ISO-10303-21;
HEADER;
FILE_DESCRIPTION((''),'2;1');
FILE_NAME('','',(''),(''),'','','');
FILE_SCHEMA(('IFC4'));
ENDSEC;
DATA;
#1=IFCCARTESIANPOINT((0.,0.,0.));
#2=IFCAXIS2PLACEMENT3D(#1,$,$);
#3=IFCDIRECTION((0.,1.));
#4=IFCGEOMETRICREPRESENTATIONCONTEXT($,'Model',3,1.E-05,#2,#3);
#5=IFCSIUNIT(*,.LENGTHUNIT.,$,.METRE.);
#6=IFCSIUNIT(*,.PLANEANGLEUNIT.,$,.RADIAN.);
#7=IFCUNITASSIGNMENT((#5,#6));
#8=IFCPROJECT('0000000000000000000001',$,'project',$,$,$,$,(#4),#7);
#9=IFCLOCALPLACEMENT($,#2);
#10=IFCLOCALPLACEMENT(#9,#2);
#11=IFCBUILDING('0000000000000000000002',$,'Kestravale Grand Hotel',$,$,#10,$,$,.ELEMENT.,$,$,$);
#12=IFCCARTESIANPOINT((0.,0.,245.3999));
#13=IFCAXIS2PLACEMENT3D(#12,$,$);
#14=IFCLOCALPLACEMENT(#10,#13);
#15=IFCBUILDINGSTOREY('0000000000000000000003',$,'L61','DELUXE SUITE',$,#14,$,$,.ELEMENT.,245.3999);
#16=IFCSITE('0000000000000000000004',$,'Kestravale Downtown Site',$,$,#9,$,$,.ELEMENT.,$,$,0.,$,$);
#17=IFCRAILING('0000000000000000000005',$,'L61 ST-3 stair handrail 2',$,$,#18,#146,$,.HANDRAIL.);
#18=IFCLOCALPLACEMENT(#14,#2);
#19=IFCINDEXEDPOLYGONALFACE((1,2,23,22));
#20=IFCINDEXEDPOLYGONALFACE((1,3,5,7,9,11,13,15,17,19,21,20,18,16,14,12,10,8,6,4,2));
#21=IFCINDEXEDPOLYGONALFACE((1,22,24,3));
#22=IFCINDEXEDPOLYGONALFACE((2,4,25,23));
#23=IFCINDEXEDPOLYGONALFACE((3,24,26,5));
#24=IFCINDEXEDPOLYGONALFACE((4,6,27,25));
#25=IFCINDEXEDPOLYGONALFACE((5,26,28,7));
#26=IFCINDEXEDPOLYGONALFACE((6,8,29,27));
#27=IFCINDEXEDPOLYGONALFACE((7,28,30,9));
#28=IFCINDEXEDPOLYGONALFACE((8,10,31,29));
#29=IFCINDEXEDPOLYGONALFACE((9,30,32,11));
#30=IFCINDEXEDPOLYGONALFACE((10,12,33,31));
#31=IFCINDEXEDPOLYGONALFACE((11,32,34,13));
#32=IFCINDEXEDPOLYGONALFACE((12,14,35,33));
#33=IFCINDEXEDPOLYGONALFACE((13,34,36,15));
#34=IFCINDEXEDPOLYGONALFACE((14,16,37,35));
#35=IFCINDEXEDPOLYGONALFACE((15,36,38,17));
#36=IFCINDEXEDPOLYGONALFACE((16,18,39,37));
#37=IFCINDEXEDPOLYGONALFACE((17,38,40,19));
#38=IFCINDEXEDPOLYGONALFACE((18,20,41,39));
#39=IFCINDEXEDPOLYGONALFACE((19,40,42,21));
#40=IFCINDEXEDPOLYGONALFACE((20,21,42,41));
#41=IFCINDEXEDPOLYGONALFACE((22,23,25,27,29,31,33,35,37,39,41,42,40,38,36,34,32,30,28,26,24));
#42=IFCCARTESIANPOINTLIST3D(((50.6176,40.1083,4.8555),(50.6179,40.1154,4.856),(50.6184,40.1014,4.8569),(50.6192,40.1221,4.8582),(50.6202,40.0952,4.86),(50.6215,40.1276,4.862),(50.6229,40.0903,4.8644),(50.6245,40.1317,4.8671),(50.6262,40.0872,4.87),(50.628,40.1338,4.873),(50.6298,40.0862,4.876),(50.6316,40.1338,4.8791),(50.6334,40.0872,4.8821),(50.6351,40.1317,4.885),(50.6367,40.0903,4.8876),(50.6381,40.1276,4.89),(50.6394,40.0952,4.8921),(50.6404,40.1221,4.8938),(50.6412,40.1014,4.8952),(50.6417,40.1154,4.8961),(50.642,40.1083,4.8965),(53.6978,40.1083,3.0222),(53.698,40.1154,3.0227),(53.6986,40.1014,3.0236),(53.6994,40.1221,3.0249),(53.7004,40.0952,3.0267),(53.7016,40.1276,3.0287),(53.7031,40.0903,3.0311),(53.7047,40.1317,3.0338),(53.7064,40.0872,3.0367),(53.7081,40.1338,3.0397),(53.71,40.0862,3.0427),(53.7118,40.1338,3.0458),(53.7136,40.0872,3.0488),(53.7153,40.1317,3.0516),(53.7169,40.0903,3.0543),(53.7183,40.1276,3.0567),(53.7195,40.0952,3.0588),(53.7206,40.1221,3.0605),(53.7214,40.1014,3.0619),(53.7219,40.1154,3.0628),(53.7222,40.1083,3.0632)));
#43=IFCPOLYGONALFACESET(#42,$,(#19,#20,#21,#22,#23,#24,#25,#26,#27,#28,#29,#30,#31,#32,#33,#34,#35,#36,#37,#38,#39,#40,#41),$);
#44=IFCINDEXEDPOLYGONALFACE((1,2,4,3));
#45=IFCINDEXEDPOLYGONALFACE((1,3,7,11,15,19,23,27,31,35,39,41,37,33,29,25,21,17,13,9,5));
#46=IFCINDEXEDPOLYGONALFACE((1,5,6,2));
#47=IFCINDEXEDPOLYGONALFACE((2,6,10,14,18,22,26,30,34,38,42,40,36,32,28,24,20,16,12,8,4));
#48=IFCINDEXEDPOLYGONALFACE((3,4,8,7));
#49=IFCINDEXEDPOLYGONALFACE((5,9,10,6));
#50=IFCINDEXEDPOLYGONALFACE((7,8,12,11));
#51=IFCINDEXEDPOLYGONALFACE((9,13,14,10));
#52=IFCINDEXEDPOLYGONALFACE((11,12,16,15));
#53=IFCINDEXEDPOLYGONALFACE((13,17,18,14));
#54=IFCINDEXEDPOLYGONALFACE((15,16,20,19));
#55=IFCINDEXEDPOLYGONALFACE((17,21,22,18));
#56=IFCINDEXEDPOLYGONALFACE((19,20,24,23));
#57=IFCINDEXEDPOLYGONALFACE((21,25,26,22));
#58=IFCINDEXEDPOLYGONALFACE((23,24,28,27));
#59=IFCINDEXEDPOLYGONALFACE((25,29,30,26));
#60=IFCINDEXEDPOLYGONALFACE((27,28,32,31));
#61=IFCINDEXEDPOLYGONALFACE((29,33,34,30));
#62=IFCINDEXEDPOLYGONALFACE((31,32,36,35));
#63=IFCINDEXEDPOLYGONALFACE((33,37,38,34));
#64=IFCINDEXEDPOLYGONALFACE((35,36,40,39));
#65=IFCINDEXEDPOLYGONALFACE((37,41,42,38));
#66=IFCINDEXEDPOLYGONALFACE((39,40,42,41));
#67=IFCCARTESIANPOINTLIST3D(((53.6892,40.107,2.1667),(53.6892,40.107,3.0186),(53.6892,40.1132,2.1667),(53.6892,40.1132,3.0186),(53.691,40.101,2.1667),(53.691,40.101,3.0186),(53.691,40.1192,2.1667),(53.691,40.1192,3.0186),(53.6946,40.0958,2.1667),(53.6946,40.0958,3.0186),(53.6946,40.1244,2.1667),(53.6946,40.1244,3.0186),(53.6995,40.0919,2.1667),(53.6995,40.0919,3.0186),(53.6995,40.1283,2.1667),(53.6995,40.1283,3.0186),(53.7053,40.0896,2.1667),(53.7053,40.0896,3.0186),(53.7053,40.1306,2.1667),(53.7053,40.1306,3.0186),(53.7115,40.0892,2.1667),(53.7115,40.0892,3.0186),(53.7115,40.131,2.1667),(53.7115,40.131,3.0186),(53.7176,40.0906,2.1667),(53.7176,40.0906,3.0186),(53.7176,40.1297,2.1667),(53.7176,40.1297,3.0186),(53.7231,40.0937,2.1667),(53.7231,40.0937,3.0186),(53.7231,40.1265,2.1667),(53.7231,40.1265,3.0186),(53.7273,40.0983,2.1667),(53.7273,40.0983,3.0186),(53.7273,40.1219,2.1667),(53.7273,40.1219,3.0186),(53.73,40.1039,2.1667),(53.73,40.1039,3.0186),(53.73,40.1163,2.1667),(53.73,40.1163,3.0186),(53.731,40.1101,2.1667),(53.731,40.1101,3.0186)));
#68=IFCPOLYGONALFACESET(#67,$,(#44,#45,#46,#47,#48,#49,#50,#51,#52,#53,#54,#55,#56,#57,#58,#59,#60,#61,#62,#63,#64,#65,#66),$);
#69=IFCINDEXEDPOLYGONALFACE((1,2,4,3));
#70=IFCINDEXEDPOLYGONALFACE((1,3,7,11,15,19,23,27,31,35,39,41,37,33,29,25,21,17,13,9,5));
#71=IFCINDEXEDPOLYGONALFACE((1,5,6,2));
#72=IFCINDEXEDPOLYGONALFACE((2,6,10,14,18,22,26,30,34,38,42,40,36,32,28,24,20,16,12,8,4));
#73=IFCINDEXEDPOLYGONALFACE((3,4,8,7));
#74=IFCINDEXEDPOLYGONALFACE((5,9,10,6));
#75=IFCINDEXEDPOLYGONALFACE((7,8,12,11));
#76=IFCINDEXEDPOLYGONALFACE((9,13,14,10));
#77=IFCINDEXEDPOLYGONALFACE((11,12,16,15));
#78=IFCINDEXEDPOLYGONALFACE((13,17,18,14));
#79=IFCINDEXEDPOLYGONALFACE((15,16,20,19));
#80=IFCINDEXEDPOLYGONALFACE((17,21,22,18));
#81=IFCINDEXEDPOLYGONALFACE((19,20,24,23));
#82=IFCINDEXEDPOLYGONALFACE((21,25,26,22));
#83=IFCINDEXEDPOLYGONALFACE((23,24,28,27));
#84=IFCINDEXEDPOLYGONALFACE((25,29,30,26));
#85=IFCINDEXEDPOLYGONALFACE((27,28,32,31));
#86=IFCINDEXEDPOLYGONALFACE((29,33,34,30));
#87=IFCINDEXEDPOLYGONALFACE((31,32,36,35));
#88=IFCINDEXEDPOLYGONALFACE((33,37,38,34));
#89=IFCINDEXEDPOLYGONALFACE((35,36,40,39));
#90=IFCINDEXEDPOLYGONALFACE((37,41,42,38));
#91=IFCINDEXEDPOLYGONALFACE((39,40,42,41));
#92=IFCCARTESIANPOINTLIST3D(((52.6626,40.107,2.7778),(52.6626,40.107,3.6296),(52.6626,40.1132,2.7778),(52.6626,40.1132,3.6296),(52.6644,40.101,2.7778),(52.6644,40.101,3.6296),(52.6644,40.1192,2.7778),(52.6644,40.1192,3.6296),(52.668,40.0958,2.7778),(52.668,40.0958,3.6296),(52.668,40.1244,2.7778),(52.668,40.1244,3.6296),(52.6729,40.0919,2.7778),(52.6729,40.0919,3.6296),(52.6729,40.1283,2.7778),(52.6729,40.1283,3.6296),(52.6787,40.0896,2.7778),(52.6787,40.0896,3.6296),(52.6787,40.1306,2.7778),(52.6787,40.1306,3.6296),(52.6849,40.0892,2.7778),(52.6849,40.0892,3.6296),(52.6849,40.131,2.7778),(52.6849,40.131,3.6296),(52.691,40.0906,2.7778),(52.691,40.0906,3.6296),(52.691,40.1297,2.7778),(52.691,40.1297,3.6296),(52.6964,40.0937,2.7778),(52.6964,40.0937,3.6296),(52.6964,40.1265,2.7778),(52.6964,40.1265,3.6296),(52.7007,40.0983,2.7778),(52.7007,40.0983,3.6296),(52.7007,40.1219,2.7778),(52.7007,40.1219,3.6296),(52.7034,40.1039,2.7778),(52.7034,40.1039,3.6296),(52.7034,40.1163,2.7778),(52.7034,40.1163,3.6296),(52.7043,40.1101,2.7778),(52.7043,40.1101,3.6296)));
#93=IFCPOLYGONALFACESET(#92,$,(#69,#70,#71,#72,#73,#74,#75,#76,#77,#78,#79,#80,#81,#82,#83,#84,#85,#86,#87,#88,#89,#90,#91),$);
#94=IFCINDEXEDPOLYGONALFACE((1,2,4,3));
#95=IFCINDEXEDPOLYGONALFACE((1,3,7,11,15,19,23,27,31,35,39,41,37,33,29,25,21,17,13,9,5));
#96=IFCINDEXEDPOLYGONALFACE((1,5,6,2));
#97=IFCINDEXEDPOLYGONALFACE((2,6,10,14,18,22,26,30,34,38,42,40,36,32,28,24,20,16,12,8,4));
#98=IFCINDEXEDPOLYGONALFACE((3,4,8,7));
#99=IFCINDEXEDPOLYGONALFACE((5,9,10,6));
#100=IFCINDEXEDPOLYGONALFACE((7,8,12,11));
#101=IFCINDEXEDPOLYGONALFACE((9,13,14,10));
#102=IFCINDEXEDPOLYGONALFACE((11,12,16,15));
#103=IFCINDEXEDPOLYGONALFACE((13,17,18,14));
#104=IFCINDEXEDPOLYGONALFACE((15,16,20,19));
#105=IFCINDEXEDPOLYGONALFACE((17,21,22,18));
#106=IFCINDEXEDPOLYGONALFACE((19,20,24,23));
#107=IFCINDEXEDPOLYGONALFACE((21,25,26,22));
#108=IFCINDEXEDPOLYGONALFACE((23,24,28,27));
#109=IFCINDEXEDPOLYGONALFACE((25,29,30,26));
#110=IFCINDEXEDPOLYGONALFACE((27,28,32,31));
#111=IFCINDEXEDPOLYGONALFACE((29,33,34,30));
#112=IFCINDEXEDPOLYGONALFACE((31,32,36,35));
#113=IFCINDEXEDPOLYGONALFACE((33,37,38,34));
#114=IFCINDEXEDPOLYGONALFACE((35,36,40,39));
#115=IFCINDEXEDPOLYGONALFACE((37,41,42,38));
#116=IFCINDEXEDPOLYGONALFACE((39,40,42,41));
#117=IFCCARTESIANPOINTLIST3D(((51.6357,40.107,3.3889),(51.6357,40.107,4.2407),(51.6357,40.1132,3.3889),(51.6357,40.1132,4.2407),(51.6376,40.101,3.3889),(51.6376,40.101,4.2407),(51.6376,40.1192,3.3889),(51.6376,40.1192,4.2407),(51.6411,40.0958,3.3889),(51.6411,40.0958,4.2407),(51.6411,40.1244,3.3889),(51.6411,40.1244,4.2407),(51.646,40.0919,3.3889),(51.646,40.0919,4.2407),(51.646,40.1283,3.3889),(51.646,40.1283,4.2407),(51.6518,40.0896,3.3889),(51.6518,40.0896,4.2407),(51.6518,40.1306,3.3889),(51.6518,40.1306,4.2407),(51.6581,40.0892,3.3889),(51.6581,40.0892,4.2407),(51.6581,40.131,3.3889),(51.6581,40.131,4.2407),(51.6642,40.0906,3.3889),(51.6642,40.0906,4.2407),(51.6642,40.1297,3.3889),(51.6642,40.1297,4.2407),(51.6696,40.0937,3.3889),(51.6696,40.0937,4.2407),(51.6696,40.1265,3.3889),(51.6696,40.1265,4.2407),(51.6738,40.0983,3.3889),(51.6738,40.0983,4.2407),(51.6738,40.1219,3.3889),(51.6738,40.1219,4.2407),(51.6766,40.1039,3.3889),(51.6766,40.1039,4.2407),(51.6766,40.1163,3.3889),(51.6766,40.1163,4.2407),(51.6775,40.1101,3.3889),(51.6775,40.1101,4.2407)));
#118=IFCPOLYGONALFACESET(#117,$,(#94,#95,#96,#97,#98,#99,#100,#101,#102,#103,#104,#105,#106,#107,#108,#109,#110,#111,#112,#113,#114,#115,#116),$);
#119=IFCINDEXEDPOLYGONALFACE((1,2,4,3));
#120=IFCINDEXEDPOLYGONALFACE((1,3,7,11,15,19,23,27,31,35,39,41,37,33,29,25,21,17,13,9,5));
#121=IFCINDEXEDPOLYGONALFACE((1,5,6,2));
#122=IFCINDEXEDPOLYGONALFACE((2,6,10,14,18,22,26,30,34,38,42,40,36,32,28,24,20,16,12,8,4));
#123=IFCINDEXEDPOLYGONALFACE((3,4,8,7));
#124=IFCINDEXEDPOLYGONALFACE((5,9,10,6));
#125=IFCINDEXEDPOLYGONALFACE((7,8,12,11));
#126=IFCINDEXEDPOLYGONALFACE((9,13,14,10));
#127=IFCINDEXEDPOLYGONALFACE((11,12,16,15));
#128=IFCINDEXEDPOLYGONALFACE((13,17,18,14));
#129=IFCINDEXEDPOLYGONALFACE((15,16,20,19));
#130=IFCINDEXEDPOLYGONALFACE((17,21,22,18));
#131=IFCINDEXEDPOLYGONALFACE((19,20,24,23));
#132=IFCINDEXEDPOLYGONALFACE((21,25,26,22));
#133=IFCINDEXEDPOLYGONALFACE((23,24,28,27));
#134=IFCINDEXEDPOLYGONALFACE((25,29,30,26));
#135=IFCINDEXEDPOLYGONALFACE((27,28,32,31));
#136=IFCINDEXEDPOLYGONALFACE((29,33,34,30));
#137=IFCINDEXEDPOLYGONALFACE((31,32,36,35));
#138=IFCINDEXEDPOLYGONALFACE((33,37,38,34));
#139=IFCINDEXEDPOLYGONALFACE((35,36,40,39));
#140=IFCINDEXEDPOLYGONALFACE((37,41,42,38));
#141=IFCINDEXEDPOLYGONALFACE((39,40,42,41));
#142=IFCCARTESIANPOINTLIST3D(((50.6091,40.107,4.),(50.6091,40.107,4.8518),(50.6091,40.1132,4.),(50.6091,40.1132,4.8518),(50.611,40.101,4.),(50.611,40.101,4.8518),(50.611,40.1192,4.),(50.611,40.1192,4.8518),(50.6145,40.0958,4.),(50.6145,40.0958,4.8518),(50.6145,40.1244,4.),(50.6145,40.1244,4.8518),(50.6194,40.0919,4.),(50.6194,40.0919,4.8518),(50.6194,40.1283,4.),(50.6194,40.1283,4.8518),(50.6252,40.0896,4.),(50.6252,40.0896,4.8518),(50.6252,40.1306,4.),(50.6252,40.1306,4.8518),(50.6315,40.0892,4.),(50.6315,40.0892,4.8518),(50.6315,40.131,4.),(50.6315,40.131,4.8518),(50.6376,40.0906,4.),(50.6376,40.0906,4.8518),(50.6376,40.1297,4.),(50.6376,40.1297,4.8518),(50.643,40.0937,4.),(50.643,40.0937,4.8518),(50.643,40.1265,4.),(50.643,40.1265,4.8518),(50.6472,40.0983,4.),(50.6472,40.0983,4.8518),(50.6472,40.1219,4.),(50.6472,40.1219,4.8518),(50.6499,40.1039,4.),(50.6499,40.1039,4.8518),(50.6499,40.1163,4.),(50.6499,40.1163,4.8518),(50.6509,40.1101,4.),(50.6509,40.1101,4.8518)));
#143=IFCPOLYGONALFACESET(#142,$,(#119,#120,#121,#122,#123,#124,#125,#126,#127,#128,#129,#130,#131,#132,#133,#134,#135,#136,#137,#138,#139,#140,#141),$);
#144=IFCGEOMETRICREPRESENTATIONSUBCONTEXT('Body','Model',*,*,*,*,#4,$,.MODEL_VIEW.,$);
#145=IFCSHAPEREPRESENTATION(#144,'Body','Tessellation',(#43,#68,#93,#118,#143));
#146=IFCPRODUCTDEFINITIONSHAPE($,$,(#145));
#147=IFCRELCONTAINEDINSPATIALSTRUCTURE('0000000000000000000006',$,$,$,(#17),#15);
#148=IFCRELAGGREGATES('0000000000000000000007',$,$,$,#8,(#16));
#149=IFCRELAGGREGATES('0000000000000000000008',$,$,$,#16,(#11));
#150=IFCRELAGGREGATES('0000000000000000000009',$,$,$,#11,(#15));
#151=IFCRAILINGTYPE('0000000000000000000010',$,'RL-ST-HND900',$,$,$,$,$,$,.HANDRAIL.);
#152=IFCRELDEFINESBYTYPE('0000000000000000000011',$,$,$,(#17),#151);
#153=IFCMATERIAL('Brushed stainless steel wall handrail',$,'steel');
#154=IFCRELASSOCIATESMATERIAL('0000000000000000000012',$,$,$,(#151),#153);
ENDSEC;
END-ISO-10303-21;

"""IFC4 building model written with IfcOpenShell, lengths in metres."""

from ifc_helpers import new_model, si_unit, direction, frame, origin, origin_2d, place, context, subcontext, project, spatial, circle, extrude, material, type_object, element, save


model = new_model("IFC4")

# Units and contexts
model_context = context("Model", 3, precision=1e-05, world=origin(), true_north=direction((0.0, 1.0)))
body_context = subcontext(model_context, "Body", "Model", "MODEL_VIEW")
ifc_project = project(units=[si_unit("LENGTHUNIT", "METRE"), si_unit("PLANEANGLEUNIT", "RADIAN")], contexts=[model_context])

# Site, building, storey
site_placement = place(None, origin())
site = spatial("IfcSite", under=ifc_project, at=site_placement, Name="Kestravale Downtown Site", CompositionType="ELEMENT", RefElevation=0.0)
building_placement = place(site_placement, origin())
building = spatial("IfcBuilding", under=site, at=building_placement, Name="Kestravale Grand Hotel", CompositionType="ELEMENT")
storey_placement = place(building_placement, frame((0.0, 0.0, 245.3999)))
storey = spatial("IfcBuildingStorey", under=building, at=storey_placement, Name="L61", Description="DELUXE SUITE", CompositionType="ELEMENT", Elevation=245.3999)

# Railing
ifc_material_1 = material(Name="Brushed stainless steel wall handrail", Category="steel")
railing_type_1 = type_object("IfcRailingType", Name="RL-ST-HND900", PredefinedType="HANDRAIL", material=ifc_material_1)
railing_1_placement = place(storey_placement, frame((53.71, 40.1101, 2.1667)))
element("IfcRailing", 1, at=railing_1_placement, inside=storey, type_object=railing_type_1, Name="L61 ST-3 stair handrail 2", PredefinedType="HANDRAIL", context=body_context, shape_type="SweptSolid", body=[
    extrude(circle(Radius=0.0239, at=origin_2d()), frame((0.0, 0.0, 0.876), z_axis=(-0.859309, 0.0, 0.511458), x_axis=(0.0, -1.0, 0.0)), (0.0, 0.0, 1.0), 3.5845),
    extrude(circle(Radius=0.021, at=origin_2d()), origin(), (0.0, 0.0, 1.0), 0.8518),
    extrude(circle(Radius=0.021, at=origin_2d()), frame((-1.0266, 0.0, 0.6111)), (0.0, 0.0, 1.0), 0.8518),
    extrude(circle(Radius=0.021, at=origin_2d()), frame((-2.0535, 0.0, 1.2222)), (0.0, 0.0, 1.0), 0.8518),
    extrude(circle(Radius=0.021, at=origin_2d()), frame((-3.0801, 0.0, 1.8333)), (0.0, 0.0, 1.0), 0.8518),
])

save(model, "model.ifc")
